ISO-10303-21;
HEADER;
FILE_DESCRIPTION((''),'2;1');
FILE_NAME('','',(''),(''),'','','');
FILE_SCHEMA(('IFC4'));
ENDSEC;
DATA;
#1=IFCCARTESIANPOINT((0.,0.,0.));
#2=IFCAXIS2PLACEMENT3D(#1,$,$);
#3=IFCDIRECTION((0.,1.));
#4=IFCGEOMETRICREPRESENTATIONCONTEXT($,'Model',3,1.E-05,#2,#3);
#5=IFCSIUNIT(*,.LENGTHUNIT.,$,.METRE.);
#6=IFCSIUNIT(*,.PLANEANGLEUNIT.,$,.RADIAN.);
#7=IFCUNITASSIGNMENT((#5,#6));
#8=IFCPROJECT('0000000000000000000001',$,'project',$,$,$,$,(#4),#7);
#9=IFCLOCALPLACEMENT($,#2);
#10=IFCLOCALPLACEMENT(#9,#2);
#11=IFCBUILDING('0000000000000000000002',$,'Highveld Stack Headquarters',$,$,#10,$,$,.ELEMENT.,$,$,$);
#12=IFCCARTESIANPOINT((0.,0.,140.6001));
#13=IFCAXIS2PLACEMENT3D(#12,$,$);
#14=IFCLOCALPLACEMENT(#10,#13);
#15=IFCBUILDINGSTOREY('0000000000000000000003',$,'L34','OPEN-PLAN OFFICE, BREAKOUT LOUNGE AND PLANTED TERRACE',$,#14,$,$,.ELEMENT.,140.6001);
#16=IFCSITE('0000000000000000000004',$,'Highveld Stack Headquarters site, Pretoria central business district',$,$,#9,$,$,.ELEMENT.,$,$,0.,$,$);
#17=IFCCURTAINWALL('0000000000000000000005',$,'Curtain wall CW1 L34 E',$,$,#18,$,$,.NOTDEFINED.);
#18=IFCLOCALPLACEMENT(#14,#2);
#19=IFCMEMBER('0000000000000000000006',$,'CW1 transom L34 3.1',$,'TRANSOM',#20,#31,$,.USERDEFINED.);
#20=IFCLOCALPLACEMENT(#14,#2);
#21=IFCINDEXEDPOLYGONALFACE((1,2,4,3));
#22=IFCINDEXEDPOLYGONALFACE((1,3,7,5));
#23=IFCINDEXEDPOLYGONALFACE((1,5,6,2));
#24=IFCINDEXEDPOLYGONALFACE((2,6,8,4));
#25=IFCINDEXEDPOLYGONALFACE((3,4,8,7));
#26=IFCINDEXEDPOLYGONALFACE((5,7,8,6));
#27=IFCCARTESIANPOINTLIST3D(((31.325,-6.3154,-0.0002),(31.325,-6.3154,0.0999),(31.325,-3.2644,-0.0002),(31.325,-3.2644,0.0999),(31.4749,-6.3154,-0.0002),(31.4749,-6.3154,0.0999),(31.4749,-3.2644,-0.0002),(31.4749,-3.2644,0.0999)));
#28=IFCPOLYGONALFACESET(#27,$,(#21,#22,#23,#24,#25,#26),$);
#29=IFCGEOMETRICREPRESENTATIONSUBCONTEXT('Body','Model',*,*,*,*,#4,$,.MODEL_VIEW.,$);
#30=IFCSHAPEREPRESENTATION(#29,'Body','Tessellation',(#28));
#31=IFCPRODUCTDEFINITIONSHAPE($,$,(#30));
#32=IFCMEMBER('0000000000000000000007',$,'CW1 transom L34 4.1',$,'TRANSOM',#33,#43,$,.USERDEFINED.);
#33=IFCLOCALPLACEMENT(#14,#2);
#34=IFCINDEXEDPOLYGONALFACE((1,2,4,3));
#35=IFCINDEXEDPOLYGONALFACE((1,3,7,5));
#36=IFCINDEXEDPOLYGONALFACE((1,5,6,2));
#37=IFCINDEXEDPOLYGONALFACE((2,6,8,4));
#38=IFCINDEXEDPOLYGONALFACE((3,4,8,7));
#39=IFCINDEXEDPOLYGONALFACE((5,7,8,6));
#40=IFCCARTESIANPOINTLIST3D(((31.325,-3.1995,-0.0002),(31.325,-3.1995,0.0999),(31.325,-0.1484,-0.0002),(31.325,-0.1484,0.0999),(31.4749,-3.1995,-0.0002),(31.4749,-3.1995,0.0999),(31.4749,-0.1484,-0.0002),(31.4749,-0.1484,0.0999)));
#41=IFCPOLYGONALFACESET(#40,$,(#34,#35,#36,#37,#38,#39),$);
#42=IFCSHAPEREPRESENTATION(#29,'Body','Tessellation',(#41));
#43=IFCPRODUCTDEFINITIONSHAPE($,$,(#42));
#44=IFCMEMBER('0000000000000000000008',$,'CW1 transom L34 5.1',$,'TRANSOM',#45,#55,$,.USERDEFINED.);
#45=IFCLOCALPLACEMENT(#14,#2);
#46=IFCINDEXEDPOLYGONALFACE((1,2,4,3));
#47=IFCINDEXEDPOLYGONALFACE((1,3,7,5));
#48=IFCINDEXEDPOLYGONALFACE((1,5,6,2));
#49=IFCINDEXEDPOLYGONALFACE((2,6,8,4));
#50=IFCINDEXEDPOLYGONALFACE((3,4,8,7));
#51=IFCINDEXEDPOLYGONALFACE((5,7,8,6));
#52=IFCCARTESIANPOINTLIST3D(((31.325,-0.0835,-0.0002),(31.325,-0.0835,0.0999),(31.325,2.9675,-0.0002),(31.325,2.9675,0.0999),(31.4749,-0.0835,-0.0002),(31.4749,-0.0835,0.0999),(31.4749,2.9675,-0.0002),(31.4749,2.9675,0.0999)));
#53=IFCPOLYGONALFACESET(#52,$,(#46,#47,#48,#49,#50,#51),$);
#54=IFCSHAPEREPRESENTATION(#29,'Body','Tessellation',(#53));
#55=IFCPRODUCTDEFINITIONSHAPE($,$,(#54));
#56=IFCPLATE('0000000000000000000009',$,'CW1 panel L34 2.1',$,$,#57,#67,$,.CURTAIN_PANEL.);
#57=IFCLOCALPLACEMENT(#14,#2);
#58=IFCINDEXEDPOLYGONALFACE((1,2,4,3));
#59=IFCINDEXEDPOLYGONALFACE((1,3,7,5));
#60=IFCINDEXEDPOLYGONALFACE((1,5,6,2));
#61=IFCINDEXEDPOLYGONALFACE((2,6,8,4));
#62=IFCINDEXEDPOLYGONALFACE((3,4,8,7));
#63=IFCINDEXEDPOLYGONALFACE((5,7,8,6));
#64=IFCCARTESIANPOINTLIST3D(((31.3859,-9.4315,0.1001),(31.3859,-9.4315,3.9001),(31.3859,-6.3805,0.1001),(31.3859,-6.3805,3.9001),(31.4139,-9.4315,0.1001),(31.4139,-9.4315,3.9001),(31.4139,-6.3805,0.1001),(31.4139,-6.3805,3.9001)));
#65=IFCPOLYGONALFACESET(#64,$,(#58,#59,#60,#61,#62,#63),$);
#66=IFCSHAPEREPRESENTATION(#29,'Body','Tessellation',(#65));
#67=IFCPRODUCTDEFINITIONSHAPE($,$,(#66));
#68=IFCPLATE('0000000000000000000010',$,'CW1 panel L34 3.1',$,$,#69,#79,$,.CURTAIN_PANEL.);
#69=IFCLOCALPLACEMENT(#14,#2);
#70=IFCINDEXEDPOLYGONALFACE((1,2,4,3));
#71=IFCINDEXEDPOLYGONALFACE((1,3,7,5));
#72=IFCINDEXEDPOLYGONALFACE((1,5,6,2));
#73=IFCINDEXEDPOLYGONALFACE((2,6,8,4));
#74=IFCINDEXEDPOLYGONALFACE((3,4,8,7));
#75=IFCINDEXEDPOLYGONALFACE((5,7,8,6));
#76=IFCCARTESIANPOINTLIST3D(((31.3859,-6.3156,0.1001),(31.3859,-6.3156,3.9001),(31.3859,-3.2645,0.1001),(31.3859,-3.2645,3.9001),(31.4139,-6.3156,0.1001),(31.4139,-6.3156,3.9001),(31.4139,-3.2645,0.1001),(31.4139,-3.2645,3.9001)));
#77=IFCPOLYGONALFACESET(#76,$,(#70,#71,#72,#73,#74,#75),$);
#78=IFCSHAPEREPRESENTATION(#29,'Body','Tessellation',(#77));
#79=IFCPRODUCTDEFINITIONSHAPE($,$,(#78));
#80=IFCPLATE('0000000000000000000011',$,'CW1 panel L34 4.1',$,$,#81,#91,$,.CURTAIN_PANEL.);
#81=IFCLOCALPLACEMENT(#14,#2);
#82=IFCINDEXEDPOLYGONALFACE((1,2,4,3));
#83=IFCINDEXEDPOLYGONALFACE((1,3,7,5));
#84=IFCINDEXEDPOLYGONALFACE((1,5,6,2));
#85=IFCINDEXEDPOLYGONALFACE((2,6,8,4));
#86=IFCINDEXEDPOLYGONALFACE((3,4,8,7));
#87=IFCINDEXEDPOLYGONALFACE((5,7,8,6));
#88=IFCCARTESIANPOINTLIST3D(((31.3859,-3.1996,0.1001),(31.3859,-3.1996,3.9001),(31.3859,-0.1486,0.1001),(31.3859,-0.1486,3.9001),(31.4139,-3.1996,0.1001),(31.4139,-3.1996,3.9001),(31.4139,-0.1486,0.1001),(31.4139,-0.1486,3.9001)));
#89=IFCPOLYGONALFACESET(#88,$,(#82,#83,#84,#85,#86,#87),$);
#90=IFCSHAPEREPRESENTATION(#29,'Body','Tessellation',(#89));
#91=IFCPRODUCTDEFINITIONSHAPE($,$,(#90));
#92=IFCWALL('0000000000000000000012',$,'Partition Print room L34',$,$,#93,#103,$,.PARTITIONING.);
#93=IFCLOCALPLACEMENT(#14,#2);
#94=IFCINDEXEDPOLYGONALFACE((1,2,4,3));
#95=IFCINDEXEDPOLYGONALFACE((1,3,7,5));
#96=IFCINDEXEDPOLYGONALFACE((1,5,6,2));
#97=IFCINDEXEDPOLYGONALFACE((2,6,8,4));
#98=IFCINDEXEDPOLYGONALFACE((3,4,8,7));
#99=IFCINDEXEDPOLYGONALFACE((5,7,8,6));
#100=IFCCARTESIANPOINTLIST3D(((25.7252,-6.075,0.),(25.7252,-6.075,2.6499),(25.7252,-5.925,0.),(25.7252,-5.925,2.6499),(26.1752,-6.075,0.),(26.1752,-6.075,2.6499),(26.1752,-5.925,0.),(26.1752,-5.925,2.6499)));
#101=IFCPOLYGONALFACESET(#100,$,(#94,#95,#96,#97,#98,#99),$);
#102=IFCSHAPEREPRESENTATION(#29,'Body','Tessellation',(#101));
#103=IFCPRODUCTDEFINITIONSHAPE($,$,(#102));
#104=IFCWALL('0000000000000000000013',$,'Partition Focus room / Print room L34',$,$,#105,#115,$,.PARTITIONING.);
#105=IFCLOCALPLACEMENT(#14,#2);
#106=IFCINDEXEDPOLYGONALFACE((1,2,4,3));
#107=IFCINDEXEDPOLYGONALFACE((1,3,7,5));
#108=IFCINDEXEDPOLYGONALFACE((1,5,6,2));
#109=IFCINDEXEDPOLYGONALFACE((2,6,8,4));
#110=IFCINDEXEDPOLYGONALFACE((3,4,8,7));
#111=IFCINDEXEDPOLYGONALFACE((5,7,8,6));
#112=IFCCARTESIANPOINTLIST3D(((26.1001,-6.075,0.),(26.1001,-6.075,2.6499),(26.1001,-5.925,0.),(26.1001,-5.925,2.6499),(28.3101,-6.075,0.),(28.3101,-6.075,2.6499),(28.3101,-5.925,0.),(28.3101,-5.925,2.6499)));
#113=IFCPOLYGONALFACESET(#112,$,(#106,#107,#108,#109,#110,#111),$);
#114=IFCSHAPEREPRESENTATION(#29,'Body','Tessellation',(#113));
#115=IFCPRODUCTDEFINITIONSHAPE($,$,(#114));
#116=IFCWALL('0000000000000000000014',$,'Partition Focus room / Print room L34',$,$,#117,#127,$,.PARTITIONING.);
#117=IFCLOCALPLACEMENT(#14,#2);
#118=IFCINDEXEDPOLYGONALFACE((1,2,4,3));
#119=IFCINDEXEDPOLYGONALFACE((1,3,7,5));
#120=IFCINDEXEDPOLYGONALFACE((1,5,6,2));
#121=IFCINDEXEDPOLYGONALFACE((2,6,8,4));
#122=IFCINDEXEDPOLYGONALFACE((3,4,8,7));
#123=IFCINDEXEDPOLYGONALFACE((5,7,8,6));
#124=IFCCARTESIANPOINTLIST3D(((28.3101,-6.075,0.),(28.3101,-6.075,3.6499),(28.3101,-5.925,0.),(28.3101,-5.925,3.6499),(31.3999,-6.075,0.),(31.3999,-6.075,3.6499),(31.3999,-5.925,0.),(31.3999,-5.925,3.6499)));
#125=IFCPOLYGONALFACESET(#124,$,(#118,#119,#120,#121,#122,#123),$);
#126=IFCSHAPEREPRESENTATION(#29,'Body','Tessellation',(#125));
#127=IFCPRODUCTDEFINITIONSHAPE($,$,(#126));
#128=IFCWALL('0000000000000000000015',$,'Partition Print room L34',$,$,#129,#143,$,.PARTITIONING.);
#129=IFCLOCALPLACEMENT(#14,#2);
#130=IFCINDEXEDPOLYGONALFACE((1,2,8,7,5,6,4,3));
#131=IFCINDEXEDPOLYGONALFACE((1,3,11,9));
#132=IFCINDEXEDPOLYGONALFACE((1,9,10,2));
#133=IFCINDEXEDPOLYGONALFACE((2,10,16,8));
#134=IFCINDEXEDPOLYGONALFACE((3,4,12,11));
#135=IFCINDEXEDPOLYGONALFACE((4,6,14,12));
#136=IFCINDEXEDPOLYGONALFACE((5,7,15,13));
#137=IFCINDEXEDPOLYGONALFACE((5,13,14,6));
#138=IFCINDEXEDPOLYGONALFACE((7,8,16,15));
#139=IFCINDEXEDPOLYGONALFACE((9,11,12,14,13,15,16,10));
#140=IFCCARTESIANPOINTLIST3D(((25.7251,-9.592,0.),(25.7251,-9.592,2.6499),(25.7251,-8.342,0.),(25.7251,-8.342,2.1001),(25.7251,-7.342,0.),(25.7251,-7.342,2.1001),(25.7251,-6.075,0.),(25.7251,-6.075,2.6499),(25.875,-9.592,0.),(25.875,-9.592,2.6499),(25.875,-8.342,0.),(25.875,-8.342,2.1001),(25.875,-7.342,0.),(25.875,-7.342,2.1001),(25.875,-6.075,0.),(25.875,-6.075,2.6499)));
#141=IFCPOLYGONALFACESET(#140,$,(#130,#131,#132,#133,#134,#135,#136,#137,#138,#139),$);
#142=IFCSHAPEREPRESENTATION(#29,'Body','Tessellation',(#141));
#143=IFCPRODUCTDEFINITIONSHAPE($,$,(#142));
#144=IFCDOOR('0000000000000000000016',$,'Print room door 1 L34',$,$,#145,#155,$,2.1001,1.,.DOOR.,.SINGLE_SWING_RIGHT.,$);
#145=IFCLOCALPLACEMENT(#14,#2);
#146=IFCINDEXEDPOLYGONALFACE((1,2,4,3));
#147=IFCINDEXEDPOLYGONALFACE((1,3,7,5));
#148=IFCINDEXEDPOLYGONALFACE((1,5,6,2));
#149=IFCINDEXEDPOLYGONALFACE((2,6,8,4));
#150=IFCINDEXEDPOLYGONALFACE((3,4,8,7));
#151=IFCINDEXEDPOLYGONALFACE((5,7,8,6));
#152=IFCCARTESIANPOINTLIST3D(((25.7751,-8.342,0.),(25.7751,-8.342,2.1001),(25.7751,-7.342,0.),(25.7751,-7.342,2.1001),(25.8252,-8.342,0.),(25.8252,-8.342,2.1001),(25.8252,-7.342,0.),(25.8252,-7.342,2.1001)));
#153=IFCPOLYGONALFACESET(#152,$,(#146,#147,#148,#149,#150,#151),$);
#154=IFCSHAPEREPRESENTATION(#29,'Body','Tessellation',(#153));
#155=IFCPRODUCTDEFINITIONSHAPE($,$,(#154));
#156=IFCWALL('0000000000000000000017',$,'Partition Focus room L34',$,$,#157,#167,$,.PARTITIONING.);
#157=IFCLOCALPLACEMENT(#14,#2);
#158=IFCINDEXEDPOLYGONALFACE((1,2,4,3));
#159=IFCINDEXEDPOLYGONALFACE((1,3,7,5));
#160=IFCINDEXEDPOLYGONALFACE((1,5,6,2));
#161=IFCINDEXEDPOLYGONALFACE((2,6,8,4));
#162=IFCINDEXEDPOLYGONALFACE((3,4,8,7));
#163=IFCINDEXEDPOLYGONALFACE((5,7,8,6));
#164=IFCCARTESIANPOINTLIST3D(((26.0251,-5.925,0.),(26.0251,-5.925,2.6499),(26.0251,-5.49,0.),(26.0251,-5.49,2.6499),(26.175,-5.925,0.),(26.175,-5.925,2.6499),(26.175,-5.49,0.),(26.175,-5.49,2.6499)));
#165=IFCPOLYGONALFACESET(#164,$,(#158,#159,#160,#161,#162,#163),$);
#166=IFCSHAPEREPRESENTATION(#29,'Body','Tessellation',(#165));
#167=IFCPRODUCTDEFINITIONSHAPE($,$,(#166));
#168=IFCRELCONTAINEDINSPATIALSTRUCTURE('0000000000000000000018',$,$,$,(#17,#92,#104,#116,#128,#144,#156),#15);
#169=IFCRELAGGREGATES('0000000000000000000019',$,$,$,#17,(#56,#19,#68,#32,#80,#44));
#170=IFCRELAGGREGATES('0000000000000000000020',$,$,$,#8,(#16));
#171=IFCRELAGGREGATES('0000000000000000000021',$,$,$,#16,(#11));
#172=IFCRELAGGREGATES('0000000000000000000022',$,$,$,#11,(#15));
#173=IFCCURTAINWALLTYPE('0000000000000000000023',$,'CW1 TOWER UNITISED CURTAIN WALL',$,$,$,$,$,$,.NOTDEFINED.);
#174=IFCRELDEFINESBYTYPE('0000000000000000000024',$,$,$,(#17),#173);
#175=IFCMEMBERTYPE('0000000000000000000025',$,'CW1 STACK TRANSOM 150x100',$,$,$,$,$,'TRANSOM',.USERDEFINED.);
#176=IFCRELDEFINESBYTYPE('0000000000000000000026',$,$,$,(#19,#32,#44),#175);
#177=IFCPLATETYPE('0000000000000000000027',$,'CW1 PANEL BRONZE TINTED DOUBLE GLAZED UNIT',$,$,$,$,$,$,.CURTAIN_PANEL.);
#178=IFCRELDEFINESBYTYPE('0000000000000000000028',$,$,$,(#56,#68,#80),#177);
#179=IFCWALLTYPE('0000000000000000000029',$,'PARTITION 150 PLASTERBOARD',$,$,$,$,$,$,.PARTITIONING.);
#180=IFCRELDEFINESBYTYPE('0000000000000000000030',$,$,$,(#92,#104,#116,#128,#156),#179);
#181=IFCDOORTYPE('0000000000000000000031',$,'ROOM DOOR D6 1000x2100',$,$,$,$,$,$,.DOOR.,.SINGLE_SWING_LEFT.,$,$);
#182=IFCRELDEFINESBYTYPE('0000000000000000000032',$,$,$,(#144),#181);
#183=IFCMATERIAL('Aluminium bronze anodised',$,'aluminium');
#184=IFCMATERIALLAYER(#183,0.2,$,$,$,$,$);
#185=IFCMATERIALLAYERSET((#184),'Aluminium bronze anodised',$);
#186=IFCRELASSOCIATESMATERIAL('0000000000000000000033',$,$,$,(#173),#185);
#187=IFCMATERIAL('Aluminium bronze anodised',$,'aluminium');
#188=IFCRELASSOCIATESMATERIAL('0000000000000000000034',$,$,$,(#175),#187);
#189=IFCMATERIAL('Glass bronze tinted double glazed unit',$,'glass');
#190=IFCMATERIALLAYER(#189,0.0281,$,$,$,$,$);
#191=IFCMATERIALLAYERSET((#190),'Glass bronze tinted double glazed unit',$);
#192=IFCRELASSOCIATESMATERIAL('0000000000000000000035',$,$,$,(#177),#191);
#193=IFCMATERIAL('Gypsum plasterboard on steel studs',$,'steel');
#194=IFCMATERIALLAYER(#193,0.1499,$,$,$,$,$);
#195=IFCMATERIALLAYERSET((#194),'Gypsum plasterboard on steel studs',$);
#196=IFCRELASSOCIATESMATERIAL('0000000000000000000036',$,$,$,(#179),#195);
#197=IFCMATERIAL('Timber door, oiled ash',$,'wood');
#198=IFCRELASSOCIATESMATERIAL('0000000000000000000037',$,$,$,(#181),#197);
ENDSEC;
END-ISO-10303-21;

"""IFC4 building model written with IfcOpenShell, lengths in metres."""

from ifc_helpers import new_model, si_unit, direction, frame, frame_2d, origin, origin_2d, place, context, subcontext, project, spatial, rectangle, extrude, material, layer, layer_set, material_profile, profile_set, type_object, element, fill, aggregate, save


model = new_model("IFC4")

# Units and contexts
model_context = context("Model", 3, precision=1e-05, world=origin(), true_north=direction((0.0, 1.0)))
body_context = subcontext(model_context, "Body", "Model", "MODEL_VIEW")
ifc_project = project(units=[si_unit("LENGTHUNIT", "METRE"), si_unit("PLANEANGLEUNIT", "RADIAN")], contexts=[model_context])

# Site, building, storey
site_placement = place(None, origin())
site = spatial("IfcSite", under=ifc_project, at=site_placement, Name="Highveld Stack Headquarters site, Pretoria central business district", CompositionType="ELEMENT", RefElevation=0.0)
building_placement = place(site_placement, origin())
building = spatial("IfcBuilding", under=site, at=building_placement, Name="Highveld Stack Headquarters", CompositionType="ELEMENT")
storey_placement = place(building_placement, frame((0.0, 0.0, 140.6001)))
storey = spatial("IfcBuildingStorey", under=building, at=storey_placement, Name="L34", Description="OPEN-PLAN OFFICE, BREAKOUT LOUNGE AND PLANTED TERRACE", CompositionType="ELEMENT", Elevation=140.6001)

# Curtain wall, members, plates
ifc_material_1 = material(Name="Aluminium bronze anodised", Category="aluminium")
ifc_layer_1 = layer(ifc_material_1, 0.2)
ifc_layer_set_1 = layer_set([ifc_layer_1], Name="Aluminium bronze anodised")
curtain_wall_type = type_object("IfcCurtainWallType", Name="CW1 TOWER UNITISED CURTAIN WALL", PredefinedType="NOTDEFINED", material=ifc_layer_set_1)
curtain_wall_placement = place(storey_placement, origin())
curtain_wall = element("IfcCurtainWall", 1, at=curtain_wall_placement, inside=storey, type_object=curtain_wall_type, Name="Curtain wall CW1 L34 E", PredefinedType="NOTDEFINED")
ifc_material_2 = material(Name="Aluminium bronze anodised", Category="aluminium")
ifc_material_profile_1 = material_profile(ifc_material_2, rectangle(XDim=0.1499, YDim=0.1001, at=origin_2d()), Name="CW1 TRANSOM 150x100")
ifc_profile_set_1 = profile_set([ifc_material_profile_1], Name="Aluminium bronze anodised")
member_type_1 = type_object("IfcMemberType", Name="CW1 STACK TRANSOM 150x100", ElementType="TRANSOM", PredefinedType="USERDEFINED", material=ifc_profile_set_1)
member_1_placement = place(storey_placement, frame((31.3999, -6.3154, 0.0498), z_axis=(0.0, 1.0, 0.0), x_axis=(-1.0, 0.0, 0.0)))
member_1 = element("IfcMember", 2, at=member_1_placement, type_object=member_type_1, Name="CW1 transom L34 3.1", ObjectType="TRANSOM", PredefinedType="USERDEFINED", context=body_context, shape_type="SweptSolid", body=[
    extrude(rectangle(XDim=0.1499, YDim=0.1001, at=origin_2d()), origin(), (0.0, 0.0, 1.0), 3.051),
])
member_2_placement = place(storey_placement, frame((31.3999, -3.1995, 0.0498), z_axis=(0.0, 1.0, 0.0), x_axis=(-1.0, 0.0, 0.0)))
member_2 = element("IfcMember", 3, at=member_2_placement, type_object=member_type_1, Name="CW1 transom L34 4.1", ObjectType="TRANSOM", PredefinedType="USERDEFINED", context=body_context, shape_type="SweptSolid", body=[
    extrude(rectangle(XDim=0.1499, YDim=0.1001, at=origin_2d()), origin(), (0.0, 0.0, 1.0), 3.051),
])
member_3_placement = place(storey_placement, frame((31.3999, -0.0835, 0.0498), z_axis=(0.0, 1.0, 0.0), x_axis=(-1.0, 0.0, 0.0)))
member_3 = element("IfcMember", 4, at=member_3_placement, type_object=member_type_1, Name="CW1 transom L34 5.1", ObjectType="TRANSOM", PredefinedType="USERDEFINED", context=body_context, shape_type="SweptSolid", body=[
    extrude(rectangle(XDim=0.1499, YDim=0.1001, at=origin_2d()), origin(), (0.0, 0.0, 1.0), 3.051),
])
ifc_material_3 = material(Name="Glass bronze tinted double glazed unit", Category="glass")
ifc_layer_2 = layer(ifc_material_3, 0.0281)
ifc_layer_set_2 = layer_set([ifc_layer_2], Name="Glass bronze tinted double glazed unit")
plate_type = type_object("IfcPlateType", Name="CW1 PANEL BRONZE TINTED DOUBLE GLAZED UNIT", PredefinedType="CURTAIN_PANEL", material=ifc_layer_set_2)
plate_1_placement = place(storey_placement, frame((31.3999, -7.906, 0.1001), z_axis=(0.0, 0.0, 1.0), x_axis=(0.0, 1.0, 0.0)))
plate_1 = element("IfcPlate", 5, at=plate_1_placement, type_object=plate_type, Name="CW1 panel L34 2.1", PredefinedType="CURTAIN_PANEL", context=body_context, shape_type="SweptSolid", body=[
    extrude(rectangle(XDim=3.051, YDim=0.0281, at=origin_2d()), origin(), (0.0, 0.0, 1.0), 3.8),
])
plate_2_placement = place(storey_placement, frame((31.3999, -4.79, 0.1001), z_axis=(0.0, 0.0, 1.0), x_axis=(0.0, 1.0, 0.0)))
plate_2 = element("IfcPlate", 6, at=plate_2_placement, type_object=plate_type, Name="CW1 panel L34 3.1", PredefinedType="CURTAIN_PANEL", context=body_context, shape_type="SweptSolid", body=[
    extrude(rectangle(XDim=3.051, YDim=0.0281, at=origin_2d()), origin(), (0.0, 0.0, 1.0), 3.8),
])
plate_3_placement = place(storey_placement, frame((31.3999, -1.6741, 0.1001), z_axis=(0.0, 0.0, 1.0), x_axis=(0.0, 1.0, 0.0)))
plate_3 = element("IfcPlate", 7, at=plate_3_placement, type_object=plate_type, Name="CW1 panel L34 4.1", PredefinedType="CURTAIN_PANEL", context=body_context, shape_type="SweptSolid", body=[
    extrude(rectangle(XDim=3.051, YDim=0.0281, at=origin_2d()), origin(), (0.0, 0.0, 1.0), 3.8),
])
aggregate(curtain_wall, [plate_1, member_1, plate_2, member_2, plate_3, member_3])

# Walls
ifc_material_4 = material(Name="Gypsum plasterboard on steel studs", Category="steel")
ifc_layer_3 = layer(ifc_material_4, 0.1499)
ifc_layer_set_3 = layer_set([ifc_layer_3], Name="Gypsum plasterboard on steel studs")
wall_type = type_object("IfcWallType", Name="PARTITION 150 PLASTERBOARD", PredefinedType="PARTITIONING", material=ifc_layer_set_3)
wall_1_placement = place(storey_placement, frame((25.7251, -6.0, 0.0), z_axis=(0.0, 0.0, 1.0), x_axis=(1.0, 0.0, 0.0)))
element("IfcWall", 8, at=wall_1_placement, inside=storey, type_object=wall_type, Name="Partition Print room L34", PredefinedType="PARTITIONING", context=body_context, shape_type="SweptSolid", body=[
    extrude(rectangle(XDim=0.45, YDim=0.1499, at=frame_2d((0.2251, 0.0))), origin(), (0.0, 0.0, 1.0), 2.6499),
])
wall_2_placement = place(storey_placement, frame((26.1001, -6.0, 0.0), z_axis=(0.0, 0.0, 1.0), x_axis=(1.0, 0.0, 0.0)))
element("IfcWall", 9, at=wall_2_placement, inside=storey, type_object=wall_type, Name="Partition Focus room / Print room L34", PredefinedType="PARTITIONING", context=body_context, shape_type="SweptSolid", body=[
    extrude(rectangle(XDim=2.21, YDim=0.1499, at=frame_2d((1.105, 0.0))), origin(), (0.0, 0.0, 1.0), 2.6499),
])
wall_3_placement = place(storey_placement, frame((28.3101, -6.0, 0.0), z_axis=(0.0, 0.0, 1.0), x_axis=(1.0, 0.0, 0.0)))
element("IfcWall", 10, at=wall_3_placement, inside=storey, type_object=wall_type, Name="Partition Focus room / Print room L34", PredefinedType="PARTITIONING", context=body_context, shape_type="SweptSolid", body=[
    extrude(rectangle(XDim=3.0898, YDim=0.1499, at=frame_2d((1.5449, 0.0))), origin(), (0.0, 0.0, 1.0), 3.6499),
])

# Wall, opening, door
wall_4_placement = place(storey_placement, frame((25.8, -9.592, 0.0), z_axis=(0.0, 0.0, 1.0), x_axis=(0.0, 1.0, 0.0)))
wall_4 = element("IfcWall", 11, at=wall_4_placement, inside=storey, type_object=wall_type, Name="Partition Print room L34", PredefinedType="PARTITIONING", context=body_context, shape_type="SweptSolid", body=[
    extrude(rectangle(XDim=3.5171, YDim=0.1499, at=frame_2d((1.7585, 0.0))), origin(), (0.0, 0.0, 1.0), 2.6499),
])
opening_1_placement = place(wall_4_placement, frame((1.25, 0.0, 0.0)))
opening_1 = element("IfcOpeningElement", 12, at=opening_1_placement, cuts=wall_4, PredefinedType="OPENING", context=body_context, shape_type="SweptSolid", body=[
    extrude(rectangle(XDim=1.0, YDim=2.1001, at=frame_2d((0.5, 1.05))), frame((0.0, 0.085, 0.0), z_axis=(0.0, -1.0, 0.0), x_axis=(1.0, 0.0, 0.0)), (0.0, 0.0, 1.0), 0.1699),
])
ifc_material_5 = material(Name="Timber door, oiled ash", Category="wood")
door_type = type_object("IfcDoorType", Name="ROOM DOOR D6 1000x2100", OperationType="SINGLE_SWING_LEFT", PredefinedType="DOOR", material=ifc_material_5)
door_1_placement = place(opening_1_placement, origin())
door_1 = element("IfcDoor", 13, at=door_1_placement, inside=storey, type_object=door_type, Name="Print room door 1 L34", OperationType="SINGLE_SWING_RIGHT", OverallHeight=2.1001, OverallWidth=1.0, PredefinedType="DOOR", context=body_context, shape_type="SweptSolid", body=[
    extrude(rectangle(XDim=1.0, YDim=2.1001, at=frame_2d((0.5, 1.05))), frame((0.0, 0.0249, 0.0), z_axis=(0.0, -1.0, 0.0), x_axis=(1.0, 0.0, 0.0)), (0.0, 0.0, 1.0), 0.05),
])
fill(opening_1, door_1)

# Wall
wall_5_placement = place(storey_placement, frame((26.1001, -5.925, 0.0), z_axis=(0.0, 0.0, 1.0), x_axis=(0.0, 1.0, 0.0)))
element("IfcWall", 14, at=wall_5_placement, inside=storey, type_object=wall_type, Name="Partition Focus room L34", PredefinedType="PARTITIONING", context=body_context, shape_type="SweptSolid", body=[
    extrude(rectangle(XDim=0.4351, YDim=0.1499, at=frame_2d((0.2175, 0.0))), origin(), (0.0, 0.0, 1.0), 2.6499),
])

save(model, "model.ifc")
